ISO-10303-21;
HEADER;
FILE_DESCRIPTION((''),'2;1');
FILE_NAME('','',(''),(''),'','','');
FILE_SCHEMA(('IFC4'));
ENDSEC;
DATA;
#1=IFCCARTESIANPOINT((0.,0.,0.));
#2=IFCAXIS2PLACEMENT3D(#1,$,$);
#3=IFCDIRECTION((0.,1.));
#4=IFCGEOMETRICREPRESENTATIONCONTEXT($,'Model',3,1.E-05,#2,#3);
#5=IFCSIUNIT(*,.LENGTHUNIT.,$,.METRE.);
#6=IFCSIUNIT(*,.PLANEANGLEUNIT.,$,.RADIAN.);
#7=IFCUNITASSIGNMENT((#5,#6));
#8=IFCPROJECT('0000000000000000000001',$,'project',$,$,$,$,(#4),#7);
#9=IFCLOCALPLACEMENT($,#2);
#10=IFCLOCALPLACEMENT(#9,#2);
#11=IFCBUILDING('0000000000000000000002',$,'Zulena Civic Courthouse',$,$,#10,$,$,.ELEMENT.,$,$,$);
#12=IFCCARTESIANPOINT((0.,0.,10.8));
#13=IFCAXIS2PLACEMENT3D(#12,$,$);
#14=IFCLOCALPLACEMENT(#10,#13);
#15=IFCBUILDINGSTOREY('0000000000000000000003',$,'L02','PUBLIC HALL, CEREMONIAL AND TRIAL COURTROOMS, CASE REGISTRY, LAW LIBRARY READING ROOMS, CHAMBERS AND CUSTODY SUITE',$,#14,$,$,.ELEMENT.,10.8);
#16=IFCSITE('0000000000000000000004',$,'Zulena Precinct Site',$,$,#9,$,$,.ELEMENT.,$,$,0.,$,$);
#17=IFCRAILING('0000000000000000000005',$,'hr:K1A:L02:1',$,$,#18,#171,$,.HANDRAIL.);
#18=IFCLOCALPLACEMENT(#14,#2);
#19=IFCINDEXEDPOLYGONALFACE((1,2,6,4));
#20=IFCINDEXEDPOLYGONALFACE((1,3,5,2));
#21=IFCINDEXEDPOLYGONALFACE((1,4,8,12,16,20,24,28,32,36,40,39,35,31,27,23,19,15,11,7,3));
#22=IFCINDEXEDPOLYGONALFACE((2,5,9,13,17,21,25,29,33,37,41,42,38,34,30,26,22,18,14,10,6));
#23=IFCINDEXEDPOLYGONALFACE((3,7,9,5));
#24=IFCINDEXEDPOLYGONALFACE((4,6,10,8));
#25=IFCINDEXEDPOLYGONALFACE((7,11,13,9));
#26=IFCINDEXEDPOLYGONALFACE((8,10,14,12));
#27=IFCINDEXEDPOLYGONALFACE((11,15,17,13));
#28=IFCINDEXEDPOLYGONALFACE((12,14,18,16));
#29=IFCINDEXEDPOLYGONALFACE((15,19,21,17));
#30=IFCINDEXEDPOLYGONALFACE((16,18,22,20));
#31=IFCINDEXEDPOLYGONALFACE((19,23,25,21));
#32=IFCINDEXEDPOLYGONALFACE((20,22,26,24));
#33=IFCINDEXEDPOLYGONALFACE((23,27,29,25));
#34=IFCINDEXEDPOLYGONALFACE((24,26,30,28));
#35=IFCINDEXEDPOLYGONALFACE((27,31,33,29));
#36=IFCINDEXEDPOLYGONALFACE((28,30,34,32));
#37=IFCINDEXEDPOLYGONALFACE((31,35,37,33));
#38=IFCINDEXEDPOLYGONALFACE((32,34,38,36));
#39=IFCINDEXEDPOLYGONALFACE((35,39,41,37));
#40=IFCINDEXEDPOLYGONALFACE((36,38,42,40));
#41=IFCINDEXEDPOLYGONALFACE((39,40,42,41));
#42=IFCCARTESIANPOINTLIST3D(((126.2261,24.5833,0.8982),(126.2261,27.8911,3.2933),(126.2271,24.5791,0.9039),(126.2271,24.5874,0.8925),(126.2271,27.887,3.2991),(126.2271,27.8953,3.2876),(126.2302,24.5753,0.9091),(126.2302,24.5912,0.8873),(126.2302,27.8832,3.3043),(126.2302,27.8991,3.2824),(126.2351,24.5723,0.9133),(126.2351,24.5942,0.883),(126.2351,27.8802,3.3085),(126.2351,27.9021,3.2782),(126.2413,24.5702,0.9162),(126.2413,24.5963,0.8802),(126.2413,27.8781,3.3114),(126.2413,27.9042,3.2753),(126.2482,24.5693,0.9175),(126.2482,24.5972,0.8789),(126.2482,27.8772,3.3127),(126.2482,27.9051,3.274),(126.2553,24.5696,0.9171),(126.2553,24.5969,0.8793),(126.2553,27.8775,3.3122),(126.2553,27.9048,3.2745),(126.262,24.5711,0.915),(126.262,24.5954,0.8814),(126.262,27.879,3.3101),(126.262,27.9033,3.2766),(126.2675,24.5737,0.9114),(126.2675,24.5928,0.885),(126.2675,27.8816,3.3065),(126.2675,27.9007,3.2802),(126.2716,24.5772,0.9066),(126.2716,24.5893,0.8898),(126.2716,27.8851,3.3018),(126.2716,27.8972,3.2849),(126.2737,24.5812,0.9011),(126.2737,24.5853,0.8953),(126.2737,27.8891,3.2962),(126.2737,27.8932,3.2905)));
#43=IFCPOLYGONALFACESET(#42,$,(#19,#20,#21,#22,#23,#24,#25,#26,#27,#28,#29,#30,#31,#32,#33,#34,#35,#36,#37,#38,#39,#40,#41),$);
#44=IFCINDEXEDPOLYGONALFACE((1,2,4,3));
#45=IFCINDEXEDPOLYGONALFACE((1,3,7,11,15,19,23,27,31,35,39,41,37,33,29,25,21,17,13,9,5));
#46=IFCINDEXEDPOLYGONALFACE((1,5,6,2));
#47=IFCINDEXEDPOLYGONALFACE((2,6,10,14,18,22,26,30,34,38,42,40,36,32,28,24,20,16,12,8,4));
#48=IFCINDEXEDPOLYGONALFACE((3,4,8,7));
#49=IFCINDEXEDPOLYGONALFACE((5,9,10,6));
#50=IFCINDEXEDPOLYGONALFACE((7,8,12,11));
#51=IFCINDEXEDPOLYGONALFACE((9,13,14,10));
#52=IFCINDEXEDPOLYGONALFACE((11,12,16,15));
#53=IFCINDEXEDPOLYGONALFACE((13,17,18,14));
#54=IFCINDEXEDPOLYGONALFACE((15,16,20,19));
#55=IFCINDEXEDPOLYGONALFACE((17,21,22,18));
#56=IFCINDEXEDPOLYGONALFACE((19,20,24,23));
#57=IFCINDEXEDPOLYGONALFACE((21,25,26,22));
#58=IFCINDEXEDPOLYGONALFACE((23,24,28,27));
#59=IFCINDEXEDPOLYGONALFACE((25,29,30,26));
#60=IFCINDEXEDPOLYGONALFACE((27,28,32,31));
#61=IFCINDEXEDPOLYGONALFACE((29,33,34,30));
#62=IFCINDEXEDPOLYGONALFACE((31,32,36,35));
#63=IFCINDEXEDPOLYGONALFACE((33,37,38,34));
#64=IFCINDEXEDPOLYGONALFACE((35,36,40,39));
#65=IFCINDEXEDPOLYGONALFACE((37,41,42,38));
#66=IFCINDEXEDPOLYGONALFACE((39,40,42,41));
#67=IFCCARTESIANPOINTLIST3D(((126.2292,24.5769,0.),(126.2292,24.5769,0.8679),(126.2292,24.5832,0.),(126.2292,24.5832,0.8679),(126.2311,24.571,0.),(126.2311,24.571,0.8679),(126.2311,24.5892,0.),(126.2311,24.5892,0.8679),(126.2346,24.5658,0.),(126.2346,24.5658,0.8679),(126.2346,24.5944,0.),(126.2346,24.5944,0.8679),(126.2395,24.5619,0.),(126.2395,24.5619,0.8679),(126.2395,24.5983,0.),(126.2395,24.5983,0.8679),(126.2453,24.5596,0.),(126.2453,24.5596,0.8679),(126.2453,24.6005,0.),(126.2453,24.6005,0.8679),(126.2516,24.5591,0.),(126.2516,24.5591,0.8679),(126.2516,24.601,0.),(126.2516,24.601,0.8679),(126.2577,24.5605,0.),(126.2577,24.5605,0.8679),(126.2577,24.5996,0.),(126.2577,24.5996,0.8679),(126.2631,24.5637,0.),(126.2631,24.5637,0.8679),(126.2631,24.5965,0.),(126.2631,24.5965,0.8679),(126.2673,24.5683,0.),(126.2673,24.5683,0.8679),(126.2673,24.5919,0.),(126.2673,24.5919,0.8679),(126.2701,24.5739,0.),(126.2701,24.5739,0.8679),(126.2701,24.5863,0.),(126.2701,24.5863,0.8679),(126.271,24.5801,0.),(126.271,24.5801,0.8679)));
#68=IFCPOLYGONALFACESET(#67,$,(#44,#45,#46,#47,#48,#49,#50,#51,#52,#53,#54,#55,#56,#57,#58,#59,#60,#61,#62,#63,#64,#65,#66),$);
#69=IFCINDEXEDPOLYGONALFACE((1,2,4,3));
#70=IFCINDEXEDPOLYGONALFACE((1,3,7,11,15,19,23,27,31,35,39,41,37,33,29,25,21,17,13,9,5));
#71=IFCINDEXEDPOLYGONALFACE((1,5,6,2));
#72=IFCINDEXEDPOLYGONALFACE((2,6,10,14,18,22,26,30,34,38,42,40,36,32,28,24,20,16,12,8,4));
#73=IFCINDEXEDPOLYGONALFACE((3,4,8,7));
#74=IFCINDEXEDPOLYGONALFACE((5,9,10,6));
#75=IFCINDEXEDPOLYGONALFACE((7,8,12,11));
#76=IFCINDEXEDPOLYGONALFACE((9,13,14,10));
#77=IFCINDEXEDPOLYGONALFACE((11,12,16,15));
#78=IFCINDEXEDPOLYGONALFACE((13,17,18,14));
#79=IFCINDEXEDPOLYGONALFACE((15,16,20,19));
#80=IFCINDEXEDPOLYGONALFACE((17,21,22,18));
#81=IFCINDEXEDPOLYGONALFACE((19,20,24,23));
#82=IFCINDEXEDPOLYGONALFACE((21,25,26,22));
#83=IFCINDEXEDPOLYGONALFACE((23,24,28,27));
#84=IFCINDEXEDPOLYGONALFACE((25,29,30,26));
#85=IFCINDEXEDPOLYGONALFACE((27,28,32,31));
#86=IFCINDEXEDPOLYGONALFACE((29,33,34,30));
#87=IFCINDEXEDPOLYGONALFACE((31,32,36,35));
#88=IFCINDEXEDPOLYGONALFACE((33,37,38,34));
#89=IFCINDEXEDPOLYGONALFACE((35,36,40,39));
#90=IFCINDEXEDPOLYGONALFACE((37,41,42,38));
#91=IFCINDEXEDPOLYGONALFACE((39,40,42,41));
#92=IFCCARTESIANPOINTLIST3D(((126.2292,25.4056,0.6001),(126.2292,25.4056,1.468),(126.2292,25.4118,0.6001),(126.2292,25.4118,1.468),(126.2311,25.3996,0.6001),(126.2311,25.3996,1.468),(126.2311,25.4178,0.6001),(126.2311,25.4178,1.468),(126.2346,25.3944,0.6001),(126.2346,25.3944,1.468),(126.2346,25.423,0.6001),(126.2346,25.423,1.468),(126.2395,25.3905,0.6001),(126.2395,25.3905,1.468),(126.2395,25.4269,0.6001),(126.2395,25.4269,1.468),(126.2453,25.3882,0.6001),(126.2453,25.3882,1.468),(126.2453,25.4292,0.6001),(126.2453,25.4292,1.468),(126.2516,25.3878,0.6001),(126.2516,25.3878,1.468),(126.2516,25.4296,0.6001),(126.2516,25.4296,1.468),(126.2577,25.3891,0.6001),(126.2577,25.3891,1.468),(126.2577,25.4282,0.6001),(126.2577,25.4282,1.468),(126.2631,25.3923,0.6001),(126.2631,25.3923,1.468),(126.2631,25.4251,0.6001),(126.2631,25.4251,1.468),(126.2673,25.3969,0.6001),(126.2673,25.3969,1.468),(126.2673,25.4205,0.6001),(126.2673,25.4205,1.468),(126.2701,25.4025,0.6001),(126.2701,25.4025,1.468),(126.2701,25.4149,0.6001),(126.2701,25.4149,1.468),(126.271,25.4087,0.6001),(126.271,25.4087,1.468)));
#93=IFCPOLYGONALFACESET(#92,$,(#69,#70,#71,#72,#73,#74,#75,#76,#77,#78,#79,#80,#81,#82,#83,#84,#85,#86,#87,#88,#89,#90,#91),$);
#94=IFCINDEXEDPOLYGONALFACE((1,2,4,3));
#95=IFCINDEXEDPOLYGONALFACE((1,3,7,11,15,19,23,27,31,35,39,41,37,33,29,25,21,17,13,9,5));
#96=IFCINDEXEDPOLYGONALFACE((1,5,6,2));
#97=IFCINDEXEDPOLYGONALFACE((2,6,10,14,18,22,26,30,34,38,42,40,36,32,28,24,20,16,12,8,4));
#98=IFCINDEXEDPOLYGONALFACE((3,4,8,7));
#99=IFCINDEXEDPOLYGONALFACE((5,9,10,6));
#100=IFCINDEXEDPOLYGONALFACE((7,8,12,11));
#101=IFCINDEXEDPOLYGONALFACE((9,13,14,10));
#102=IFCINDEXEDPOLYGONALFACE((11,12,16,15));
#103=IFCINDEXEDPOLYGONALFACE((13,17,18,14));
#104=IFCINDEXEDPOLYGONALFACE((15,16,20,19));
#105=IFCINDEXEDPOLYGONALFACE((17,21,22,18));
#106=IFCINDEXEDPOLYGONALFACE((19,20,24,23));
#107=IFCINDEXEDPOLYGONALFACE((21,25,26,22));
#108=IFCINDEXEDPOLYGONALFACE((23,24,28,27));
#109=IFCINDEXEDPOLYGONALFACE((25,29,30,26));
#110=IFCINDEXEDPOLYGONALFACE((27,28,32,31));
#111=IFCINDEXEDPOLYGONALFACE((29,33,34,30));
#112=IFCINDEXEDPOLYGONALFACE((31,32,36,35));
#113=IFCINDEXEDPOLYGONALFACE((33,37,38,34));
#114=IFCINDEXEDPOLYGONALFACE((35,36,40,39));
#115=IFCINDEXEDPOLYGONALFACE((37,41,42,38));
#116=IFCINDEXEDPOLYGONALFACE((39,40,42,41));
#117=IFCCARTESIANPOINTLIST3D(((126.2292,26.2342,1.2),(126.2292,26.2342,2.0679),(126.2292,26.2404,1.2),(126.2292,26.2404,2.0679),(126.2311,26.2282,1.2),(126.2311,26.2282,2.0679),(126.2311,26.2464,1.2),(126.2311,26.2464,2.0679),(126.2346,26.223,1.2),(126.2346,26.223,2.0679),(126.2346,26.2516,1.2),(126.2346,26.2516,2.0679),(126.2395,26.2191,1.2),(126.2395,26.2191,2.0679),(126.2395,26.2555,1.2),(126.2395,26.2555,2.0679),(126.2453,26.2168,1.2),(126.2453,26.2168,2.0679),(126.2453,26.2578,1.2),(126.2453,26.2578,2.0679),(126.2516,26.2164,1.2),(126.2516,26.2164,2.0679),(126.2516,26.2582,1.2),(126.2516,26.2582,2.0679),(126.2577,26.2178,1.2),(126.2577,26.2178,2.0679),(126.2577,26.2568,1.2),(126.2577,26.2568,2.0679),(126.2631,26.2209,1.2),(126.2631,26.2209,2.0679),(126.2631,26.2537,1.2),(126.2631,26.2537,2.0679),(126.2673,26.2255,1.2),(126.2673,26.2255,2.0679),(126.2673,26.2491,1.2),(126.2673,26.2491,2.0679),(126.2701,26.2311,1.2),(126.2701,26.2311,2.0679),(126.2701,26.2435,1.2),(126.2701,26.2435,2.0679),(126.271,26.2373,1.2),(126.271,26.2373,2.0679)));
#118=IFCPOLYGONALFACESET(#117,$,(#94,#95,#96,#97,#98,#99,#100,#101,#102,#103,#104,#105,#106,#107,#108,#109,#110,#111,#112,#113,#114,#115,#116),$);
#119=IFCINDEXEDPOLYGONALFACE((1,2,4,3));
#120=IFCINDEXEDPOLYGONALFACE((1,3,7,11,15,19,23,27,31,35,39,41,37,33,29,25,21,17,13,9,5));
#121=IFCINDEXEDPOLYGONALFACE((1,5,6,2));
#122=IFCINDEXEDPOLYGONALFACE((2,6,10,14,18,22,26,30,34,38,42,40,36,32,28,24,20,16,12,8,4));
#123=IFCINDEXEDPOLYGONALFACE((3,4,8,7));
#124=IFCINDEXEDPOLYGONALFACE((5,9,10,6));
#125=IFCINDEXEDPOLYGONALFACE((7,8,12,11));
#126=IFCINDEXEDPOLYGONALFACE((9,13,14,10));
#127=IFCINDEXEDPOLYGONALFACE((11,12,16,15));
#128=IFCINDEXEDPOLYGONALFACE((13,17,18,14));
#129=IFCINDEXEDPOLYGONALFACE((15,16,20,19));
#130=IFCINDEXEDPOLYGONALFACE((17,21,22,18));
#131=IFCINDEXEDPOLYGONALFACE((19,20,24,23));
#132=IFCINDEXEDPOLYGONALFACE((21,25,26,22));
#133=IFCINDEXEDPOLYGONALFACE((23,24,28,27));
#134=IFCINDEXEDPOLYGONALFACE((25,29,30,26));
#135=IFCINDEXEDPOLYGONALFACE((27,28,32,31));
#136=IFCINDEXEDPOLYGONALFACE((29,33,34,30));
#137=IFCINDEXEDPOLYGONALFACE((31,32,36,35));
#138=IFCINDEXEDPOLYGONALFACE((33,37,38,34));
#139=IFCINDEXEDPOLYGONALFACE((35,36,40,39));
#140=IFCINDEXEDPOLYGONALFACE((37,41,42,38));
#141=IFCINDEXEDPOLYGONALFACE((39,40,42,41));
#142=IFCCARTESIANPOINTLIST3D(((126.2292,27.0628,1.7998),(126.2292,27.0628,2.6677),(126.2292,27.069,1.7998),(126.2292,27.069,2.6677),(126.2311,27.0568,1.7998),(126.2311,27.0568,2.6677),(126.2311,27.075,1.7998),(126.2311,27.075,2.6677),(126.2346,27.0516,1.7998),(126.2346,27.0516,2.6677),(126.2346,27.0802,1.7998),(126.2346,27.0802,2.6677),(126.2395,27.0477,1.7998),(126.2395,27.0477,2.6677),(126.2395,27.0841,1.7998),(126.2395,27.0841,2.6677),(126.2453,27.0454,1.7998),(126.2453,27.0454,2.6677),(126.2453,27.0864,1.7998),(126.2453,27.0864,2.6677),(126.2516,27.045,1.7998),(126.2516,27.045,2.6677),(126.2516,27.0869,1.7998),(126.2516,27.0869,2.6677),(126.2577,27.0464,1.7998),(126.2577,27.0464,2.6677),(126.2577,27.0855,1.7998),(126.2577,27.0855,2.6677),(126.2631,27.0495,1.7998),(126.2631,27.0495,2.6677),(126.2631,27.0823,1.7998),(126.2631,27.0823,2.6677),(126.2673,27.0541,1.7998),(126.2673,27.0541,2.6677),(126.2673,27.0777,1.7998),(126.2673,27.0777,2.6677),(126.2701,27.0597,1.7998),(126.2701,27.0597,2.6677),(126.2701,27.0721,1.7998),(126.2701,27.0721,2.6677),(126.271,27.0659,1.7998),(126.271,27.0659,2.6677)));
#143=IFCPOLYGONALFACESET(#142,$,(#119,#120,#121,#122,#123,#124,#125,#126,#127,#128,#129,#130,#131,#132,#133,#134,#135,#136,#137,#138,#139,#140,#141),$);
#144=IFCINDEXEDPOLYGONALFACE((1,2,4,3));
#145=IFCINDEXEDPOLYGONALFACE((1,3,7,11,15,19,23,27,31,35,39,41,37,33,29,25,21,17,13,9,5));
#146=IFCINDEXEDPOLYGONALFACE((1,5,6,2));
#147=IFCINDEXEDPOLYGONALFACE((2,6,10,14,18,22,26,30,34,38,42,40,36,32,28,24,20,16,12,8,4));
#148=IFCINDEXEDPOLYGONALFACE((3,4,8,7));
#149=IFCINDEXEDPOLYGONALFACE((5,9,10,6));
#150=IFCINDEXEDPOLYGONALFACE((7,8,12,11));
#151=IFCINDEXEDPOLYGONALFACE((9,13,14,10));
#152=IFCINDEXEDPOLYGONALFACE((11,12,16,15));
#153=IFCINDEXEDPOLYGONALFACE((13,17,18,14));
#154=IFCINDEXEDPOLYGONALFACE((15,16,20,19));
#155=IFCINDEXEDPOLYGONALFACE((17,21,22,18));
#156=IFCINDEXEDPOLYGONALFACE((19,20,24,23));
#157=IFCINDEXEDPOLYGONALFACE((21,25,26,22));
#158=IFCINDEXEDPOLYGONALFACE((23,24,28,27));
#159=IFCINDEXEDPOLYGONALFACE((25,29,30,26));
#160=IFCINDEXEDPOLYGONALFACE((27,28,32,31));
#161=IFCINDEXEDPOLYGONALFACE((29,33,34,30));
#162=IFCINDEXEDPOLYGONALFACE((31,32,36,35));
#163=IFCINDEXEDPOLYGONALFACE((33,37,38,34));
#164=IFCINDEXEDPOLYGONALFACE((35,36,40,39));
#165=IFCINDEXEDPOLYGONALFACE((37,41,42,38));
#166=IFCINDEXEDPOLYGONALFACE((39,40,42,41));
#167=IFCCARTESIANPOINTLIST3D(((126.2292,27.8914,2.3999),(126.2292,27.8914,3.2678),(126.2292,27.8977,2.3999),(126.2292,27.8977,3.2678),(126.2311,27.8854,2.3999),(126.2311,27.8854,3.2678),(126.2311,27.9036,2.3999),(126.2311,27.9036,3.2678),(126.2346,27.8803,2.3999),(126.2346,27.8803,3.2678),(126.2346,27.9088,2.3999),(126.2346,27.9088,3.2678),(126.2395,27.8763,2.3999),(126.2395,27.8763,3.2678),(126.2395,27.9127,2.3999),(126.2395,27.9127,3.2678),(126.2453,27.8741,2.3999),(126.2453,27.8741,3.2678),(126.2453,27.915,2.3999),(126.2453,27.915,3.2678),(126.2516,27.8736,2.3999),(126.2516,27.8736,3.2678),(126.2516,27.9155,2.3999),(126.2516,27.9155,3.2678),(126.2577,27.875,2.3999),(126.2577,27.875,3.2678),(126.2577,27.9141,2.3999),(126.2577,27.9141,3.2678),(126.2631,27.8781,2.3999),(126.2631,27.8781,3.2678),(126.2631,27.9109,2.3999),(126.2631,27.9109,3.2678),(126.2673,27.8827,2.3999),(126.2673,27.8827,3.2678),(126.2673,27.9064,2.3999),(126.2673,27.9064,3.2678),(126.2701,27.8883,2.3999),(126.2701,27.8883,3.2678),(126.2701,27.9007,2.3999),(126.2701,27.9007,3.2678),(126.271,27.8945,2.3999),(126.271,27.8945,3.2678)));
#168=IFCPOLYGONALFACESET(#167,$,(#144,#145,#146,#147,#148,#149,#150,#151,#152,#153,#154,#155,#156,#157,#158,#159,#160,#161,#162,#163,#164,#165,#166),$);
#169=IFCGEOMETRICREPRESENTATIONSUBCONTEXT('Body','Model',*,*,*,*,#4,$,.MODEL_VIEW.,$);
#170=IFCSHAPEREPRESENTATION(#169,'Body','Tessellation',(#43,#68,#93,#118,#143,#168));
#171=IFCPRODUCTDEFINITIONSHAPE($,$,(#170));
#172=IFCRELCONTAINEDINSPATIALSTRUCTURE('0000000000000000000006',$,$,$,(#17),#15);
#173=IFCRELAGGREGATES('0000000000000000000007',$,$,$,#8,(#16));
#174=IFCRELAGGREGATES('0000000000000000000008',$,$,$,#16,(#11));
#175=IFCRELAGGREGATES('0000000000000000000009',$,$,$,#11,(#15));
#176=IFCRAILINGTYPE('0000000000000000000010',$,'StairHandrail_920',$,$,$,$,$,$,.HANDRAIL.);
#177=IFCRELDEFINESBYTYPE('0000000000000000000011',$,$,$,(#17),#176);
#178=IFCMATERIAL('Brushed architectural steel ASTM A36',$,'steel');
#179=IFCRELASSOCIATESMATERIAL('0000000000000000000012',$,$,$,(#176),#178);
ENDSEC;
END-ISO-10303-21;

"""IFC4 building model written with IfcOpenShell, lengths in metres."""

from ifc_helpers import new_model, si_unit, direction, frame, origin, origin_2d, place, context, subcontext, project, spatial, circle, extrude, material, type_object, element, save


model = new_model("IFC4")

# Units and contexts
model_context = context("Model", 3, precision=1e-05, world=origin(), true_north=direction((0.0, 1.0)))
body_context = subcontext(model_context, "Body", "Model", "MODEL_VIEW")
ifc_project = project(units=[si_unit("LENGTHUNIT", "METRE"), si_unit("PLANEANGLEUNIT", "RADIAN")], contexts=[model_context])

# Site, building, storey
site_placement = place(None, origin())
site = spatial("IfcSite", under=ifc_project, at=site_placement, Name="Zulena Precinct Site", CompositionType="ELEMENT", RefElevation=0.0)
building_placement = place(site_placement, origin())
building = spatial("IfcBuilding", under=site, at=building_placement, Name="Zulena Civic Courthouse", CompositionType="ELEMENT")
storey_placement = place(building_placement, frame((0.0, 0.0, 10.8)))
storey = spatial("IfcBuildingStorey", under=building, at=storey_placement, Name="L02", Description="PUBLIC HALL, CEREMONIAL AND TRIAL COURTROOMS, CASE REGISTRY, LAW LIBRARY READING ROOMS, CHAMBERS AND CUSTODY SUITE", CompositionType="ELEMENT", Elevation=10.8)

# Railing
ifc_material_1 = material(Name="Brushed architectural steel ASTM A36", Category="steel")
railing_type_1 = type_object("IfcRailingType", Name="StairHandrail_920", PredefinedType="HANDRAIL", material=ifc_material_1)
railing_1_placement = place(storey_placement, frame((126.25, 24.5801, 0.0)))
element("IfcRailing", 1, at=railing_1_placement, inside=storey, type_object=railing_type_1, Name="hr:K1A:L02:1", PredefinedType="HANDRAIL", context=body_context, shape_type="SweptSolid", body=[
    extrude(circle(Radius=0.0239, at=origin_2d()), frame((0.0, 0.0032, 0.8982), z_axis=(0.0, 0.809968, 0.586475), x_axis=(-1.0, 0.0, 0.0)), (0.0, 0.0, 1.0), 4.084),
    extrude(circle(Radius=0.021, at=origin_2d()), origin(), (0.0, 0.0, 1.0), 0.8679),
    extrude(circle(Radius=0.021, at=origin_2d()), frame((0.0, 0.8286, 0.6001)), (0.0, 0.0, 1.0), 0.8679),
    extrude(circle(Radius=0.021, at=origin_2d()), frame((0.0, 1.6572, 1.2)), (0.0, 0.0, 1.0), 0.8679),
    extrude(circle(Radius=0.021, at=origin_2d()), frame((0.0, 2.4858, 1.7998)), (0.0, 0.0, 1.0), 0.8679),
    extrude(circle(Radius=0.021, at=origin_2d()), frame((0.0, 3.3145, 2.3999)), (0.0, 0.0, 1.0), 0.8679),
])

save(model, "model.ifc")
